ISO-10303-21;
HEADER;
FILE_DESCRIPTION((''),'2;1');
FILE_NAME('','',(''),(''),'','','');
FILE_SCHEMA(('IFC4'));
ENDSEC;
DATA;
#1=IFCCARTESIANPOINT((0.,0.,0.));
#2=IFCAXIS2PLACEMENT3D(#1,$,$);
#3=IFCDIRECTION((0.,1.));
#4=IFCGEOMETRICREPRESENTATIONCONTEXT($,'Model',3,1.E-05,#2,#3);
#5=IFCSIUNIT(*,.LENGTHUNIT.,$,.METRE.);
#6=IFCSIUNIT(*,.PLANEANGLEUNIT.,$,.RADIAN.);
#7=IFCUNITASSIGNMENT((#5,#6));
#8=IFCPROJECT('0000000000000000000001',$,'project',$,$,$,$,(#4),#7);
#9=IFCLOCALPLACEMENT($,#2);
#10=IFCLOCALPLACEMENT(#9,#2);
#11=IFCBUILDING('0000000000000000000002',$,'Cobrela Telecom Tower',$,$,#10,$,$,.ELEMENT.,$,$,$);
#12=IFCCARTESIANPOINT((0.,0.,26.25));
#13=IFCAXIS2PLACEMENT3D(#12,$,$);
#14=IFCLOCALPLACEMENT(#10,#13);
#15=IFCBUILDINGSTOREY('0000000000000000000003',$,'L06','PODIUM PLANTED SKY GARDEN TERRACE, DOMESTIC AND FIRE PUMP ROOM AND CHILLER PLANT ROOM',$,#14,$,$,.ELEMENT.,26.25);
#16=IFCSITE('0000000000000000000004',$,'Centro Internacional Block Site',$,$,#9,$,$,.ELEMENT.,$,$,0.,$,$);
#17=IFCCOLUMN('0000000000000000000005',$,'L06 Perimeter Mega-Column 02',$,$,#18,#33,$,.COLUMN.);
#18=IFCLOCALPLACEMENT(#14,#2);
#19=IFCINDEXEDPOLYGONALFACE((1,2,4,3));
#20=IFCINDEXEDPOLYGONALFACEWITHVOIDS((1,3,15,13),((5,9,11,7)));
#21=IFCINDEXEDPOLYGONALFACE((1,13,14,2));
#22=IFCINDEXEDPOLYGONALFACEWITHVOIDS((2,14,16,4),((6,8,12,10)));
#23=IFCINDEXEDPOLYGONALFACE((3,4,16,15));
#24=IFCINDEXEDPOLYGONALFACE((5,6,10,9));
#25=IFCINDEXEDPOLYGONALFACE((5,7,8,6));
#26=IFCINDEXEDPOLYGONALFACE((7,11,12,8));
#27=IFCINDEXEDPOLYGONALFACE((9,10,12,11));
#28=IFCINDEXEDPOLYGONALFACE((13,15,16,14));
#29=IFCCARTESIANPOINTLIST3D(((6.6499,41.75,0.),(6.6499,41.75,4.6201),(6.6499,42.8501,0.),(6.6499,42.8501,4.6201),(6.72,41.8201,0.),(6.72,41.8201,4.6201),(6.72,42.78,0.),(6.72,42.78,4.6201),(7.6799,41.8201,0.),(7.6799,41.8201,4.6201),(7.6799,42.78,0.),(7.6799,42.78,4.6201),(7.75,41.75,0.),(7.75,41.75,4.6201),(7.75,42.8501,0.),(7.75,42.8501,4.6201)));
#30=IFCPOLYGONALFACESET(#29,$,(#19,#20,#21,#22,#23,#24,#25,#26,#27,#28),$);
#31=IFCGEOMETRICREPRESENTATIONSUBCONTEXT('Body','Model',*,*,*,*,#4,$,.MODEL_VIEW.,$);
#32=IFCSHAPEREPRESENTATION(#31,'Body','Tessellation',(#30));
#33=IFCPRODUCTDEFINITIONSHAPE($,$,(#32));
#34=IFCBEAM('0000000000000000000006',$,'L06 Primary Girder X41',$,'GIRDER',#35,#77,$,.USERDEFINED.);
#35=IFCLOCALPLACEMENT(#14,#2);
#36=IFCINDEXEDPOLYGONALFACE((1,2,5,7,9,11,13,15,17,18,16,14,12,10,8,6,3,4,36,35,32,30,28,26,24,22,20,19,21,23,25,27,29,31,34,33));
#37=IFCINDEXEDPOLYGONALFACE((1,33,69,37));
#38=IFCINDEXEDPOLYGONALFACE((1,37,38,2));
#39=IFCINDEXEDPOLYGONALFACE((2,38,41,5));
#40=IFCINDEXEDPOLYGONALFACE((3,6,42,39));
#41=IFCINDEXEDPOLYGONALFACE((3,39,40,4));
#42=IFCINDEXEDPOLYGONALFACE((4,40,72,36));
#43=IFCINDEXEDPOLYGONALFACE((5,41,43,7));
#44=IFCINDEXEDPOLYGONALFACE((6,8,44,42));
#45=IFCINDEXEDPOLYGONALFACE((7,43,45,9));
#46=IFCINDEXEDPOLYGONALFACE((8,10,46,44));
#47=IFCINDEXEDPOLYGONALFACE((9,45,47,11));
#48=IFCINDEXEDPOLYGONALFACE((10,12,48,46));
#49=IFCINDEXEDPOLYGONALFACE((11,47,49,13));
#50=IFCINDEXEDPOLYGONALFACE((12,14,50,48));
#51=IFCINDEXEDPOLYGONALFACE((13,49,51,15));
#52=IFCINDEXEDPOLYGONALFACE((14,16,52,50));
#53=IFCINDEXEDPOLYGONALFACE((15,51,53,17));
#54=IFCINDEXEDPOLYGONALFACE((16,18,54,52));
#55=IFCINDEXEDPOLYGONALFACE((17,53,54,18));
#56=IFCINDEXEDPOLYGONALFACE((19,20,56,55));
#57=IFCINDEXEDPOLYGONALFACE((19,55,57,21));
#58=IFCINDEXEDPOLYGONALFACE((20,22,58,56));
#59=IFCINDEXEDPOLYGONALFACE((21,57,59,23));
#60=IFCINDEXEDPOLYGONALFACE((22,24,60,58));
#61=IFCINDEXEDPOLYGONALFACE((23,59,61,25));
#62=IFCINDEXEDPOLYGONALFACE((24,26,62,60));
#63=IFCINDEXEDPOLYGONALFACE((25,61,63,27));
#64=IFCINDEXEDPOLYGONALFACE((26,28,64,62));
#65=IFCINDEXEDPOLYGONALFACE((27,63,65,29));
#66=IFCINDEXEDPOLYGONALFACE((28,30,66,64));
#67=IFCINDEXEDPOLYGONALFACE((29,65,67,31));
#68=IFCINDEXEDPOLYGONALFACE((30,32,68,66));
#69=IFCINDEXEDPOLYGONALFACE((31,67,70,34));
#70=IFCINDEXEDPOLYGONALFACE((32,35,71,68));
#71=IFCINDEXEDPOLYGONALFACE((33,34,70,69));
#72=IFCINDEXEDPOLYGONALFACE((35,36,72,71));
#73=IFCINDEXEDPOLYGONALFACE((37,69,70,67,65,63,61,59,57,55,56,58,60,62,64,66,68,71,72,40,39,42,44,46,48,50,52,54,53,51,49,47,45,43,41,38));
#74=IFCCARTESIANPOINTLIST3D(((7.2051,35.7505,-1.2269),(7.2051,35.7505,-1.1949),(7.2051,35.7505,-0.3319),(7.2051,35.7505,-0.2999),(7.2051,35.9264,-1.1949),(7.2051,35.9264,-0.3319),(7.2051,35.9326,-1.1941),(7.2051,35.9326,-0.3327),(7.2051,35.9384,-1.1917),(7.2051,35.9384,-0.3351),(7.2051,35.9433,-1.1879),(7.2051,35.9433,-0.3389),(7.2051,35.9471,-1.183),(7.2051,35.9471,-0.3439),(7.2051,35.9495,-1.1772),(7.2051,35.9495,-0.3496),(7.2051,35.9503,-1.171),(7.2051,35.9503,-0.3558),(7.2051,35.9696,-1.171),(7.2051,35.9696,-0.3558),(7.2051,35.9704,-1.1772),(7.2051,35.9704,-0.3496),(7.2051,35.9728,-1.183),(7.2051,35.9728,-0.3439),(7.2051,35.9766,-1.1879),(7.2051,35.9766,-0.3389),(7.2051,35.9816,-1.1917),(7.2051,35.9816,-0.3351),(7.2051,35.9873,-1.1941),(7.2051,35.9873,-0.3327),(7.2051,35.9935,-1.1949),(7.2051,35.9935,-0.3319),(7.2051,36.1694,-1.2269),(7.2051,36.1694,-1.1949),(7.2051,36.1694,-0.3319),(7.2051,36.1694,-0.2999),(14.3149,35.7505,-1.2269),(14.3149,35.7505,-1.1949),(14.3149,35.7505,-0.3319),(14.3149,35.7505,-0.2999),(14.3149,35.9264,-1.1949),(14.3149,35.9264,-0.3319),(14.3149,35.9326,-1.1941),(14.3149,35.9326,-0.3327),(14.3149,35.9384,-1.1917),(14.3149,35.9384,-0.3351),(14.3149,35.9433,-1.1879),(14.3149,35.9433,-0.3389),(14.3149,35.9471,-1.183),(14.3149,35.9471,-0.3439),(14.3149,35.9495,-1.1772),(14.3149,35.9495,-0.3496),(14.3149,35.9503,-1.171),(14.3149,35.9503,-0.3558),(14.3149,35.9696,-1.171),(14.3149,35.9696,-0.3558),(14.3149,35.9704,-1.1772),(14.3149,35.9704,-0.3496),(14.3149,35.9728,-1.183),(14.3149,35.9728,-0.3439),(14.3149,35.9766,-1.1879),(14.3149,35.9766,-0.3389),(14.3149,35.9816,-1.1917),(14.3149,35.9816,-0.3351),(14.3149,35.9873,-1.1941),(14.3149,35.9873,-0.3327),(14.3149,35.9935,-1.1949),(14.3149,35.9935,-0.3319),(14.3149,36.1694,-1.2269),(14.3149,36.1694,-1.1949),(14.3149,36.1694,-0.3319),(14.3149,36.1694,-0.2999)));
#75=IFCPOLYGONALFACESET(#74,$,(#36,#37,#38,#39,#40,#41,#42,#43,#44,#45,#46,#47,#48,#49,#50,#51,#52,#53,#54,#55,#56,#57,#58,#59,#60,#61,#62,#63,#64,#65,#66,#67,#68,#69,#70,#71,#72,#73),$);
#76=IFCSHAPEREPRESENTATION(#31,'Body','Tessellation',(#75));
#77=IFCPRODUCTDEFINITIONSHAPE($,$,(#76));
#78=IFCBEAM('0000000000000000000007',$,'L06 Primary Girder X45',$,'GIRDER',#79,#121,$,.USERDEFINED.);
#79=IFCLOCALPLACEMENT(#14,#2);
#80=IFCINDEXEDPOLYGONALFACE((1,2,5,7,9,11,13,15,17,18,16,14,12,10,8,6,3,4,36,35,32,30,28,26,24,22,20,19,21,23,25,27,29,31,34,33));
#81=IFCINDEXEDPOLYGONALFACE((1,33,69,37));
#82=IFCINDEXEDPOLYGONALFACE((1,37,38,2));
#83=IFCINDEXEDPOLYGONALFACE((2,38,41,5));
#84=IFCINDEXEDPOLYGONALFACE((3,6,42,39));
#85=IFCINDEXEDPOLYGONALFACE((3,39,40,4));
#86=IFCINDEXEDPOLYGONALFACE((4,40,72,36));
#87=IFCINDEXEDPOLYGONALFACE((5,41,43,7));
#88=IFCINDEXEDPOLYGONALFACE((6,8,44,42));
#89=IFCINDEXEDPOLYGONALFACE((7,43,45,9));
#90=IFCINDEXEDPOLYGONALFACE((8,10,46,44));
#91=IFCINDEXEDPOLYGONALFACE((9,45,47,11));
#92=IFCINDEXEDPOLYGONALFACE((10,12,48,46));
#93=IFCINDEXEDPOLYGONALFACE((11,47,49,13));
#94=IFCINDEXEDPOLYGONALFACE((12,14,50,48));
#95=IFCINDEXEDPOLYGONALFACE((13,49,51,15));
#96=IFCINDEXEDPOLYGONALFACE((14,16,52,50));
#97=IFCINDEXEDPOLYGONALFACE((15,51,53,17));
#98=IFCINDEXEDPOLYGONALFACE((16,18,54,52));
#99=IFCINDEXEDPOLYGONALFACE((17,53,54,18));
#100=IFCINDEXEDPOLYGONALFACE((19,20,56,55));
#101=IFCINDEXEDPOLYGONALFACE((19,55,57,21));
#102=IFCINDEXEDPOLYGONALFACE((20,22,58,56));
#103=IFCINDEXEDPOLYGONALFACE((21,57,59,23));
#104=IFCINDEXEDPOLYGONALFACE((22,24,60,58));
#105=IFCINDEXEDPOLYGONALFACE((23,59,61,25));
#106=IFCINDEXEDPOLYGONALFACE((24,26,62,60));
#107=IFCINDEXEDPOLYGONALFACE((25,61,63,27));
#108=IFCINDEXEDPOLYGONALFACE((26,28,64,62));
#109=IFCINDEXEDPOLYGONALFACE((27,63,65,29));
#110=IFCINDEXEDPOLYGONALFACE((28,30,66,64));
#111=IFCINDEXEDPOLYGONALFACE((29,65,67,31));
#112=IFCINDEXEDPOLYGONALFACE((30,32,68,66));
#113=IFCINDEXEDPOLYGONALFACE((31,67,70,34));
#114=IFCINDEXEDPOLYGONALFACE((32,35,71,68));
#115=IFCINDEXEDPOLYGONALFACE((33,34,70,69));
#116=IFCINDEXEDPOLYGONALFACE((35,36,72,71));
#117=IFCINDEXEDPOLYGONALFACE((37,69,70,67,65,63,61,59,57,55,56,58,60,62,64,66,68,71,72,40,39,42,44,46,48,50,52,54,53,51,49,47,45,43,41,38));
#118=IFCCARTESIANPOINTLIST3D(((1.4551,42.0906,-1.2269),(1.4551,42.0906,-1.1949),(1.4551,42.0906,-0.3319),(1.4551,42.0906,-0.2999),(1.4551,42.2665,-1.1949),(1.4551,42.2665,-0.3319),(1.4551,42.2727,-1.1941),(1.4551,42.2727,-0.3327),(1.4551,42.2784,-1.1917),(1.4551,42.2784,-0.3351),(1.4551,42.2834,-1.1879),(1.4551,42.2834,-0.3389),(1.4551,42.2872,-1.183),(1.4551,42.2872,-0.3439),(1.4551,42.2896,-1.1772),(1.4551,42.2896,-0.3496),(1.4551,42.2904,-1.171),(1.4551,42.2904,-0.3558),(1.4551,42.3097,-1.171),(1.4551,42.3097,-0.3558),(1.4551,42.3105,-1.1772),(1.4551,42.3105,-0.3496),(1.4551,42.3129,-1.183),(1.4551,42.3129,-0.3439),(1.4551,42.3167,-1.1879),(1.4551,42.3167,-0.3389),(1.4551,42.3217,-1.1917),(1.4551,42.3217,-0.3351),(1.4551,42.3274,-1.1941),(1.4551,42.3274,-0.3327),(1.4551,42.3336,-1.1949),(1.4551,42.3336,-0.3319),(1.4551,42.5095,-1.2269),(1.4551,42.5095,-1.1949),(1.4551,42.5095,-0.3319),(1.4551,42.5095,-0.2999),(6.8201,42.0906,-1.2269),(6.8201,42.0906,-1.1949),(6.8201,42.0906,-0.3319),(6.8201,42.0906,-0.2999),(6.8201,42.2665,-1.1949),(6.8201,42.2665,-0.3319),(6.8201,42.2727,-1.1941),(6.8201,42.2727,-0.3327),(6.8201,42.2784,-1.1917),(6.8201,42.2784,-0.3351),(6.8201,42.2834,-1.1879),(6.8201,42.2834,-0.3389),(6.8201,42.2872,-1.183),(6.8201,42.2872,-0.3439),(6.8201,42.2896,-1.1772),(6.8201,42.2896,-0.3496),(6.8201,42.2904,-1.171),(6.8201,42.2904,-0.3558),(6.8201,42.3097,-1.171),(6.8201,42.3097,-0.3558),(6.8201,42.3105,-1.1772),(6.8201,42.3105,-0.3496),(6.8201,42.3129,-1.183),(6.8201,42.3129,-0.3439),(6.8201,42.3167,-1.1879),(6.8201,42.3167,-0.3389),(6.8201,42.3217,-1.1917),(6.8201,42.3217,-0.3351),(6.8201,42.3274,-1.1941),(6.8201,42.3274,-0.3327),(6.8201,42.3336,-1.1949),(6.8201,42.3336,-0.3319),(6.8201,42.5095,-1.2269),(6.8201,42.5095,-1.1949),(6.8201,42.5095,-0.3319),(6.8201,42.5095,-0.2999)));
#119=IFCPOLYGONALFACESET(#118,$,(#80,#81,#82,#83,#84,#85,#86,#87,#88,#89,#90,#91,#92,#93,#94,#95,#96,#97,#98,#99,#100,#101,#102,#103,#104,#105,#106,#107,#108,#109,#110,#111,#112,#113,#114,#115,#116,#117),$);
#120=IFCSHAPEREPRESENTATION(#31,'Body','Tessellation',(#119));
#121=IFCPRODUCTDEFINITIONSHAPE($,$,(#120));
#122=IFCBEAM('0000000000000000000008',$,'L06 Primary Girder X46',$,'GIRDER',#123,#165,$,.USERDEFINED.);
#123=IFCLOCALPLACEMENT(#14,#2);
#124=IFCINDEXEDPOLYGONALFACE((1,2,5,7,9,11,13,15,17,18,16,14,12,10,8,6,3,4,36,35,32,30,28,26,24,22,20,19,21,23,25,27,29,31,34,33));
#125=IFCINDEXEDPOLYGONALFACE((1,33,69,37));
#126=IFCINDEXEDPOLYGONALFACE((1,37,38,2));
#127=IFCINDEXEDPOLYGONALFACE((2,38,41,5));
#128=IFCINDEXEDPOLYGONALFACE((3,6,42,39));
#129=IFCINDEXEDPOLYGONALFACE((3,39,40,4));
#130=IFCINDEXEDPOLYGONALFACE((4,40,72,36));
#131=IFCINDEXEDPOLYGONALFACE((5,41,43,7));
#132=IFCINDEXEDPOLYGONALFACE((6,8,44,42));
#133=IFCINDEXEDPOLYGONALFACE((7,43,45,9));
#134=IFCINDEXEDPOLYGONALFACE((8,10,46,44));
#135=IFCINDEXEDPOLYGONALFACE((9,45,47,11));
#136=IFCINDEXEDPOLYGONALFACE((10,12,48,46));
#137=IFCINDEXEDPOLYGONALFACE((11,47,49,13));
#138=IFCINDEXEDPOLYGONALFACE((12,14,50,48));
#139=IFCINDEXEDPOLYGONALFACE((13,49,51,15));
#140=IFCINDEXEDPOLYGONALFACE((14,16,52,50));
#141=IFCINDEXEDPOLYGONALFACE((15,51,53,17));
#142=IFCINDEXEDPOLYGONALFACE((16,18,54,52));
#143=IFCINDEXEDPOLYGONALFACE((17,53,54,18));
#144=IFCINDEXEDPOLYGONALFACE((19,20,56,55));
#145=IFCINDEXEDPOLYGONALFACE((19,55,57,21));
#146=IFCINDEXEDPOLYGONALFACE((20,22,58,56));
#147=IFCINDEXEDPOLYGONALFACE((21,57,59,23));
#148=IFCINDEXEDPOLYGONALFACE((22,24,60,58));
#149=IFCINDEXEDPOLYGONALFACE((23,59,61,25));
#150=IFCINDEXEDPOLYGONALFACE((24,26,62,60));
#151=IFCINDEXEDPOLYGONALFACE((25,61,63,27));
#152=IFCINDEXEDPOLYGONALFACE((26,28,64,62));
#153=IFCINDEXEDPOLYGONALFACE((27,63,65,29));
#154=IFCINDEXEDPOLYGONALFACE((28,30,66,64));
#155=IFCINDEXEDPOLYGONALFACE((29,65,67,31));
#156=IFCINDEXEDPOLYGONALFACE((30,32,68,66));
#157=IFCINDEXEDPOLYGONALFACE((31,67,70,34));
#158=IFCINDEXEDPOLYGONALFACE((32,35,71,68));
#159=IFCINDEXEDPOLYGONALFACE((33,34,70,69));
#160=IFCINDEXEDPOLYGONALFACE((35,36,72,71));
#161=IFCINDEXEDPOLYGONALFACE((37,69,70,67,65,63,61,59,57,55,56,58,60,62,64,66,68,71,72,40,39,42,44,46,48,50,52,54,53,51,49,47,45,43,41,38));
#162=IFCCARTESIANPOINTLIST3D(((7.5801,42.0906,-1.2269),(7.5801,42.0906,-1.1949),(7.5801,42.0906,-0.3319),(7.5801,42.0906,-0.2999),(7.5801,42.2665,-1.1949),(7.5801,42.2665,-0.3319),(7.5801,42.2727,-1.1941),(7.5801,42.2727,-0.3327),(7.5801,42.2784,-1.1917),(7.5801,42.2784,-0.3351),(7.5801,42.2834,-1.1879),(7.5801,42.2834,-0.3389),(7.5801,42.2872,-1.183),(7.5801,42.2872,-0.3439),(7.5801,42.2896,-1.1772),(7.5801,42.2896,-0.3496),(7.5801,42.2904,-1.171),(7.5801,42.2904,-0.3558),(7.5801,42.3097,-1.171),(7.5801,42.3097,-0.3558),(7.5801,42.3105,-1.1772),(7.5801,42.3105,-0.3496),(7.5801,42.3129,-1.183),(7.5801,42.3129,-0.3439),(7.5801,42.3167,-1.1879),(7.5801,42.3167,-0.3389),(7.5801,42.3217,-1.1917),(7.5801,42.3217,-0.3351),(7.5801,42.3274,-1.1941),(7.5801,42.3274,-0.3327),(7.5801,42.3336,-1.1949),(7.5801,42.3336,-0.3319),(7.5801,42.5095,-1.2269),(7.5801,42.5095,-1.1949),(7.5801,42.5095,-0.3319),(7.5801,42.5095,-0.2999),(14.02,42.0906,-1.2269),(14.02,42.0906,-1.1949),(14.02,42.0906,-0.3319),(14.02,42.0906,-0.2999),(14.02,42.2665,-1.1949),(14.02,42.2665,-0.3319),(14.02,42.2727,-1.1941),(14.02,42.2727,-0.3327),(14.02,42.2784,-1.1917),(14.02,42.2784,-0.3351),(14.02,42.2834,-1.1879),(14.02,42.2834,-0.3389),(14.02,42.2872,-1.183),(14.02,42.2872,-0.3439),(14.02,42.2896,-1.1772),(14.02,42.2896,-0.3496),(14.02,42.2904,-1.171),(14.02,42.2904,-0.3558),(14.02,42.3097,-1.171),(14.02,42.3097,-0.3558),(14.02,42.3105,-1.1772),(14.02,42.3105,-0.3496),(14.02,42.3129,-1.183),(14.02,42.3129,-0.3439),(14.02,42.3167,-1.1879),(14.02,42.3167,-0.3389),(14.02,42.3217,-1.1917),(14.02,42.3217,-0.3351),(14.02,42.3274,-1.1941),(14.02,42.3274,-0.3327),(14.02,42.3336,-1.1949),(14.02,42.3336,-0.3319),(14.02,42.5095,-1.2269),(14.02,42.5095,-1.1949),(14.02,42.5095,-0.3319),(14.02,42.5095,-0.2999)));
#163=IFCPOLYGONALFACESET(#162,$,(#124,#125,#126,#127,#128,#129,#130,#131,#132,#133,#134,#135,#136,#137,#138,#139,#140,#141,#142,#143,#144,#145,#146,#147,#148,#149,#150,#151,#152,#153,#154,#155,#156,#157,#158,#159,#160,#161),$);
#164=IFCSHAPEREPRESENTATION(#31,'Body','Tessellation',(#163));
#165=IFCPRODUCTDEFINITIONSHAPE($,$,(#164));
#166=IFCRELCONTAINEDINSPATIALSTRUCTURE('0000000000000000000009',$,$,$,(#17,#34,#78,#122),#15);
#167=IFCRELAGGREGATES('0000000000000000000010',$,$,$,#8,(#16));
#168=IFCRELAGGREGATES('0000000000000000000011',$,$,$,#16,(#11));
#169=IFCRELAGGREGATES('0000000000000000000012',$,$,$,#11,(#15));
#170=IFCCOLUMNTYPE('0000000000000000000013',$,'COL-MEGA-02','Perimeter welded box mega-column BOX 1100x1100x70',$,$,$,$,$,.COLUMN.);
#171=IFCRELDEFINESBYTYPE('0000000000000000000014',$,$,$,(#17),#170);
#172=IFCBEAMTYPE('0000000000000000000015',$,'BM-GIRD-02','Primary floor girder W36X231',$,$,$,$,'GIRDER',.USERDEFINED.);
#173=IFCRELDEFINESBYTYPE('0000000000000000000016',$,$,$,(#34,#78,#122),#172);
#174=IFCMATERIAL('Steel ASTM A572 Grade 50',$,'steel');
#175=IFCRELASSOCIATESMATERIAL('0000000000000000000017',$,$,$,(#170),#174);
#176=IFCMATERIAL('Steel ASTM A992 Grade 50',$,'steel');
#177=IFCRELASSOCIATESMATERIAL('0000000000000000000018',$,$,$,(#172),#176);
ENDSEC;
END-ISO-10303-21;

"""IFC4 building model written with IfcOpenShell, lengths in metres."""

from ifc_helpers import new_model, si_unit, direction, frame, origin, origin_2d, place, context, subcontext, project, spatial, hollow_rectangle, i_section, extrude, material, material_profile, profile_set, type_object, element, save


model = new_model("IFC4")

# Units and contexts
model_context = context("Model", 3, precision=1e-05, world=origin(), true_north=direction((0.0, 1.0)))
body_context = subcontext(model_context, "Body", "Model", "MODEL_VIEW")
ifc_project = project(units=[si_unit("LENGTHUNIT", "METRE"), si_unit("PLANEANGLEUNIT", "RADIAN")], contexts=[model_context])

# Site, building, storey
site_placement = place(None, origin())
site = spatial("IfcSite", under=ifc_project, at=site_placement, Name="Centro Internacional Block Site", CompositionType="ELEMENT", RefElevation=0.0)
building_placement = place(site_placement, origin())
building = spatial("IfcBuilding", under=site, at=building_placement, Name="Cobrela Telecom Tower", CompositionType="ELEMENT")
storey_placement = place(building_placement, frame((0.0, 0.0, 26.25)))
storey = spatial("IfcBuildingStorey", under=building, at=storey_placement, Name="L06", Description="PODIUM PLANTED SKY GARDEN TERRACE, DOMESTIC AND FIRE PUMP ROOM AND CHILLER PLANT ROOM", CompositionType="ELEMENT", Elevation=26.25)

# Column
ifc_material_1 = material(Name="Steel ASTM A572 Grade 50", Category="steel")
ifc_material_profile_1 = material_profile(ifc_material_1, hollow_rectangle(XDim=1.1001, YDim=1.1001, WallThickness=0.0701, at=origin_2d()), Name="BOX 1100x1100x70")
ifc_profile_set_1 = profile_set([ifc_material_profile_1], Name="Steel ASTM A572 Grade 50")
column_type = type_object("IfcColumnType", Name="COL-MEGA-02", Description="Perimeter welded box mega-column BOX 1100x1100x70", PredefinedType="COLUMN", material=ifc_profile_set_1)
column_placement = place(storey_placement, frame((7.2, 42.3, 0.0), z_axis=(0.0, 0.0, 1.0), x_axis=(1.0, 0.0, 0.0)))
element("IfcColumn", 1, at=column_placement, inside=storey, type_object=column_type, Name="L06 Perimeter Mega-Column 02", PredefinedType="COLUMN", context=body_context, shape_type="SweptSolid", body=[
    extrude(hollow_rectangle(XDim=1.1001, YDim=1.1001, WallThickness=0.0701, at=origin_2d()), origin(), (0.0, 0.0, 1.0), 4.6201),
])

# Beams
ifc_material_2 = material(Name="Steel ASTM A992 Grade 50", Category="steel")
ifc_material_profile_2 = material_profile(ifc_material_2, i_section(OverallWidth=0.4189, OverallDepth=0.927, WebThickness=0.0193, FlangeThickness=0.032, FilletRadius=0.0239, at=origin_2d()), Name="W36X231")
ifc_profile_set_2 = profile_set([ifc_material_profile_2], Name="Steel ASTM A992 Grade 50")
beam_type_1 = type_object("IfcBeamType", Name="BM-GIRD-02", Description="Primary floor girder W36X231", ElementType="GIRDER", PredefinedType="USERDEFINED", material=ifc_profile_set_2)
beam_1_placement = place(storey_placement, frame((7.2051, 35.96, -0.7634), z_axis=(1.0, 0.0, 0.0), x_axis=(0.0, 1.0, 0.0)))
element("IfcBeam", 2, at=beam_1_placement, inside=storey, type_object=beam_type_1, Name="L06 Primary Girder X41", ObjectType="GIRDER", PredefinedType="USERDEFINED", context=body_context, shape_type="SweptSolid", body=[
    extrude(i_section(OverallWidth=0.4189, OverallDepth=0.927, WebThickness=0.0193, FlangeThickness=0.032, FilletRadius=0.0239, at=origin_2d()), origin(), (0.0, 0.0, 1.0), 7.1099),
])
beam_2_placement = place(storey_placement, frame((1.4551, 42.3, -0.7634), z_axis=(1.0, 0.0, 0.0), x_axis=(0.0, 1.0, 0.0)))
element("IfcBeam", 3, at=beam_2_placement, inside=storey, type_object=beam_type_1, Name="L06 Primary Girder X45", ObjectType="GIRDER", PredefinedType="USERDEFINED", context=body_context, shape_type="SweptSolid", body=[
    extrude(i_section(OverallWidth=0.4189, OverallDepth=0.927, WebThickness=0.0193, FlangeThickness=0.032, FilletRadius=0.0239, at=origin_2d()), origin(), (0.0, 0.0, 1.0), 5.365),
])
beam_3_placement = place(storey_placement, frame((7.5801, 42.3, -0.7634), z_axis=(1.0, 0.0, 0.0), x_axis=(0.0, 1.0, 0.0)))
element("IfcBeam", 4, at=beam_3_placement, inside=storey, type_object=beam_type_1, Name="L06 Primary Girder X46", ObjectType="GIRDER", PredefinedType="USERDEFINED", context=body_context, shape_type="SweptSolid", body=[
    extrude(i_section(OverallWidth=0.4189, OverallDepth=0.927, WebThickness=0.0193, FlangeThickness=0.032, FilletRadius=0.0239, at=origin_2d()), origin(), (0.0, 0.0, 1.0), 6.4399),
])

save(model, "model.ifc")
